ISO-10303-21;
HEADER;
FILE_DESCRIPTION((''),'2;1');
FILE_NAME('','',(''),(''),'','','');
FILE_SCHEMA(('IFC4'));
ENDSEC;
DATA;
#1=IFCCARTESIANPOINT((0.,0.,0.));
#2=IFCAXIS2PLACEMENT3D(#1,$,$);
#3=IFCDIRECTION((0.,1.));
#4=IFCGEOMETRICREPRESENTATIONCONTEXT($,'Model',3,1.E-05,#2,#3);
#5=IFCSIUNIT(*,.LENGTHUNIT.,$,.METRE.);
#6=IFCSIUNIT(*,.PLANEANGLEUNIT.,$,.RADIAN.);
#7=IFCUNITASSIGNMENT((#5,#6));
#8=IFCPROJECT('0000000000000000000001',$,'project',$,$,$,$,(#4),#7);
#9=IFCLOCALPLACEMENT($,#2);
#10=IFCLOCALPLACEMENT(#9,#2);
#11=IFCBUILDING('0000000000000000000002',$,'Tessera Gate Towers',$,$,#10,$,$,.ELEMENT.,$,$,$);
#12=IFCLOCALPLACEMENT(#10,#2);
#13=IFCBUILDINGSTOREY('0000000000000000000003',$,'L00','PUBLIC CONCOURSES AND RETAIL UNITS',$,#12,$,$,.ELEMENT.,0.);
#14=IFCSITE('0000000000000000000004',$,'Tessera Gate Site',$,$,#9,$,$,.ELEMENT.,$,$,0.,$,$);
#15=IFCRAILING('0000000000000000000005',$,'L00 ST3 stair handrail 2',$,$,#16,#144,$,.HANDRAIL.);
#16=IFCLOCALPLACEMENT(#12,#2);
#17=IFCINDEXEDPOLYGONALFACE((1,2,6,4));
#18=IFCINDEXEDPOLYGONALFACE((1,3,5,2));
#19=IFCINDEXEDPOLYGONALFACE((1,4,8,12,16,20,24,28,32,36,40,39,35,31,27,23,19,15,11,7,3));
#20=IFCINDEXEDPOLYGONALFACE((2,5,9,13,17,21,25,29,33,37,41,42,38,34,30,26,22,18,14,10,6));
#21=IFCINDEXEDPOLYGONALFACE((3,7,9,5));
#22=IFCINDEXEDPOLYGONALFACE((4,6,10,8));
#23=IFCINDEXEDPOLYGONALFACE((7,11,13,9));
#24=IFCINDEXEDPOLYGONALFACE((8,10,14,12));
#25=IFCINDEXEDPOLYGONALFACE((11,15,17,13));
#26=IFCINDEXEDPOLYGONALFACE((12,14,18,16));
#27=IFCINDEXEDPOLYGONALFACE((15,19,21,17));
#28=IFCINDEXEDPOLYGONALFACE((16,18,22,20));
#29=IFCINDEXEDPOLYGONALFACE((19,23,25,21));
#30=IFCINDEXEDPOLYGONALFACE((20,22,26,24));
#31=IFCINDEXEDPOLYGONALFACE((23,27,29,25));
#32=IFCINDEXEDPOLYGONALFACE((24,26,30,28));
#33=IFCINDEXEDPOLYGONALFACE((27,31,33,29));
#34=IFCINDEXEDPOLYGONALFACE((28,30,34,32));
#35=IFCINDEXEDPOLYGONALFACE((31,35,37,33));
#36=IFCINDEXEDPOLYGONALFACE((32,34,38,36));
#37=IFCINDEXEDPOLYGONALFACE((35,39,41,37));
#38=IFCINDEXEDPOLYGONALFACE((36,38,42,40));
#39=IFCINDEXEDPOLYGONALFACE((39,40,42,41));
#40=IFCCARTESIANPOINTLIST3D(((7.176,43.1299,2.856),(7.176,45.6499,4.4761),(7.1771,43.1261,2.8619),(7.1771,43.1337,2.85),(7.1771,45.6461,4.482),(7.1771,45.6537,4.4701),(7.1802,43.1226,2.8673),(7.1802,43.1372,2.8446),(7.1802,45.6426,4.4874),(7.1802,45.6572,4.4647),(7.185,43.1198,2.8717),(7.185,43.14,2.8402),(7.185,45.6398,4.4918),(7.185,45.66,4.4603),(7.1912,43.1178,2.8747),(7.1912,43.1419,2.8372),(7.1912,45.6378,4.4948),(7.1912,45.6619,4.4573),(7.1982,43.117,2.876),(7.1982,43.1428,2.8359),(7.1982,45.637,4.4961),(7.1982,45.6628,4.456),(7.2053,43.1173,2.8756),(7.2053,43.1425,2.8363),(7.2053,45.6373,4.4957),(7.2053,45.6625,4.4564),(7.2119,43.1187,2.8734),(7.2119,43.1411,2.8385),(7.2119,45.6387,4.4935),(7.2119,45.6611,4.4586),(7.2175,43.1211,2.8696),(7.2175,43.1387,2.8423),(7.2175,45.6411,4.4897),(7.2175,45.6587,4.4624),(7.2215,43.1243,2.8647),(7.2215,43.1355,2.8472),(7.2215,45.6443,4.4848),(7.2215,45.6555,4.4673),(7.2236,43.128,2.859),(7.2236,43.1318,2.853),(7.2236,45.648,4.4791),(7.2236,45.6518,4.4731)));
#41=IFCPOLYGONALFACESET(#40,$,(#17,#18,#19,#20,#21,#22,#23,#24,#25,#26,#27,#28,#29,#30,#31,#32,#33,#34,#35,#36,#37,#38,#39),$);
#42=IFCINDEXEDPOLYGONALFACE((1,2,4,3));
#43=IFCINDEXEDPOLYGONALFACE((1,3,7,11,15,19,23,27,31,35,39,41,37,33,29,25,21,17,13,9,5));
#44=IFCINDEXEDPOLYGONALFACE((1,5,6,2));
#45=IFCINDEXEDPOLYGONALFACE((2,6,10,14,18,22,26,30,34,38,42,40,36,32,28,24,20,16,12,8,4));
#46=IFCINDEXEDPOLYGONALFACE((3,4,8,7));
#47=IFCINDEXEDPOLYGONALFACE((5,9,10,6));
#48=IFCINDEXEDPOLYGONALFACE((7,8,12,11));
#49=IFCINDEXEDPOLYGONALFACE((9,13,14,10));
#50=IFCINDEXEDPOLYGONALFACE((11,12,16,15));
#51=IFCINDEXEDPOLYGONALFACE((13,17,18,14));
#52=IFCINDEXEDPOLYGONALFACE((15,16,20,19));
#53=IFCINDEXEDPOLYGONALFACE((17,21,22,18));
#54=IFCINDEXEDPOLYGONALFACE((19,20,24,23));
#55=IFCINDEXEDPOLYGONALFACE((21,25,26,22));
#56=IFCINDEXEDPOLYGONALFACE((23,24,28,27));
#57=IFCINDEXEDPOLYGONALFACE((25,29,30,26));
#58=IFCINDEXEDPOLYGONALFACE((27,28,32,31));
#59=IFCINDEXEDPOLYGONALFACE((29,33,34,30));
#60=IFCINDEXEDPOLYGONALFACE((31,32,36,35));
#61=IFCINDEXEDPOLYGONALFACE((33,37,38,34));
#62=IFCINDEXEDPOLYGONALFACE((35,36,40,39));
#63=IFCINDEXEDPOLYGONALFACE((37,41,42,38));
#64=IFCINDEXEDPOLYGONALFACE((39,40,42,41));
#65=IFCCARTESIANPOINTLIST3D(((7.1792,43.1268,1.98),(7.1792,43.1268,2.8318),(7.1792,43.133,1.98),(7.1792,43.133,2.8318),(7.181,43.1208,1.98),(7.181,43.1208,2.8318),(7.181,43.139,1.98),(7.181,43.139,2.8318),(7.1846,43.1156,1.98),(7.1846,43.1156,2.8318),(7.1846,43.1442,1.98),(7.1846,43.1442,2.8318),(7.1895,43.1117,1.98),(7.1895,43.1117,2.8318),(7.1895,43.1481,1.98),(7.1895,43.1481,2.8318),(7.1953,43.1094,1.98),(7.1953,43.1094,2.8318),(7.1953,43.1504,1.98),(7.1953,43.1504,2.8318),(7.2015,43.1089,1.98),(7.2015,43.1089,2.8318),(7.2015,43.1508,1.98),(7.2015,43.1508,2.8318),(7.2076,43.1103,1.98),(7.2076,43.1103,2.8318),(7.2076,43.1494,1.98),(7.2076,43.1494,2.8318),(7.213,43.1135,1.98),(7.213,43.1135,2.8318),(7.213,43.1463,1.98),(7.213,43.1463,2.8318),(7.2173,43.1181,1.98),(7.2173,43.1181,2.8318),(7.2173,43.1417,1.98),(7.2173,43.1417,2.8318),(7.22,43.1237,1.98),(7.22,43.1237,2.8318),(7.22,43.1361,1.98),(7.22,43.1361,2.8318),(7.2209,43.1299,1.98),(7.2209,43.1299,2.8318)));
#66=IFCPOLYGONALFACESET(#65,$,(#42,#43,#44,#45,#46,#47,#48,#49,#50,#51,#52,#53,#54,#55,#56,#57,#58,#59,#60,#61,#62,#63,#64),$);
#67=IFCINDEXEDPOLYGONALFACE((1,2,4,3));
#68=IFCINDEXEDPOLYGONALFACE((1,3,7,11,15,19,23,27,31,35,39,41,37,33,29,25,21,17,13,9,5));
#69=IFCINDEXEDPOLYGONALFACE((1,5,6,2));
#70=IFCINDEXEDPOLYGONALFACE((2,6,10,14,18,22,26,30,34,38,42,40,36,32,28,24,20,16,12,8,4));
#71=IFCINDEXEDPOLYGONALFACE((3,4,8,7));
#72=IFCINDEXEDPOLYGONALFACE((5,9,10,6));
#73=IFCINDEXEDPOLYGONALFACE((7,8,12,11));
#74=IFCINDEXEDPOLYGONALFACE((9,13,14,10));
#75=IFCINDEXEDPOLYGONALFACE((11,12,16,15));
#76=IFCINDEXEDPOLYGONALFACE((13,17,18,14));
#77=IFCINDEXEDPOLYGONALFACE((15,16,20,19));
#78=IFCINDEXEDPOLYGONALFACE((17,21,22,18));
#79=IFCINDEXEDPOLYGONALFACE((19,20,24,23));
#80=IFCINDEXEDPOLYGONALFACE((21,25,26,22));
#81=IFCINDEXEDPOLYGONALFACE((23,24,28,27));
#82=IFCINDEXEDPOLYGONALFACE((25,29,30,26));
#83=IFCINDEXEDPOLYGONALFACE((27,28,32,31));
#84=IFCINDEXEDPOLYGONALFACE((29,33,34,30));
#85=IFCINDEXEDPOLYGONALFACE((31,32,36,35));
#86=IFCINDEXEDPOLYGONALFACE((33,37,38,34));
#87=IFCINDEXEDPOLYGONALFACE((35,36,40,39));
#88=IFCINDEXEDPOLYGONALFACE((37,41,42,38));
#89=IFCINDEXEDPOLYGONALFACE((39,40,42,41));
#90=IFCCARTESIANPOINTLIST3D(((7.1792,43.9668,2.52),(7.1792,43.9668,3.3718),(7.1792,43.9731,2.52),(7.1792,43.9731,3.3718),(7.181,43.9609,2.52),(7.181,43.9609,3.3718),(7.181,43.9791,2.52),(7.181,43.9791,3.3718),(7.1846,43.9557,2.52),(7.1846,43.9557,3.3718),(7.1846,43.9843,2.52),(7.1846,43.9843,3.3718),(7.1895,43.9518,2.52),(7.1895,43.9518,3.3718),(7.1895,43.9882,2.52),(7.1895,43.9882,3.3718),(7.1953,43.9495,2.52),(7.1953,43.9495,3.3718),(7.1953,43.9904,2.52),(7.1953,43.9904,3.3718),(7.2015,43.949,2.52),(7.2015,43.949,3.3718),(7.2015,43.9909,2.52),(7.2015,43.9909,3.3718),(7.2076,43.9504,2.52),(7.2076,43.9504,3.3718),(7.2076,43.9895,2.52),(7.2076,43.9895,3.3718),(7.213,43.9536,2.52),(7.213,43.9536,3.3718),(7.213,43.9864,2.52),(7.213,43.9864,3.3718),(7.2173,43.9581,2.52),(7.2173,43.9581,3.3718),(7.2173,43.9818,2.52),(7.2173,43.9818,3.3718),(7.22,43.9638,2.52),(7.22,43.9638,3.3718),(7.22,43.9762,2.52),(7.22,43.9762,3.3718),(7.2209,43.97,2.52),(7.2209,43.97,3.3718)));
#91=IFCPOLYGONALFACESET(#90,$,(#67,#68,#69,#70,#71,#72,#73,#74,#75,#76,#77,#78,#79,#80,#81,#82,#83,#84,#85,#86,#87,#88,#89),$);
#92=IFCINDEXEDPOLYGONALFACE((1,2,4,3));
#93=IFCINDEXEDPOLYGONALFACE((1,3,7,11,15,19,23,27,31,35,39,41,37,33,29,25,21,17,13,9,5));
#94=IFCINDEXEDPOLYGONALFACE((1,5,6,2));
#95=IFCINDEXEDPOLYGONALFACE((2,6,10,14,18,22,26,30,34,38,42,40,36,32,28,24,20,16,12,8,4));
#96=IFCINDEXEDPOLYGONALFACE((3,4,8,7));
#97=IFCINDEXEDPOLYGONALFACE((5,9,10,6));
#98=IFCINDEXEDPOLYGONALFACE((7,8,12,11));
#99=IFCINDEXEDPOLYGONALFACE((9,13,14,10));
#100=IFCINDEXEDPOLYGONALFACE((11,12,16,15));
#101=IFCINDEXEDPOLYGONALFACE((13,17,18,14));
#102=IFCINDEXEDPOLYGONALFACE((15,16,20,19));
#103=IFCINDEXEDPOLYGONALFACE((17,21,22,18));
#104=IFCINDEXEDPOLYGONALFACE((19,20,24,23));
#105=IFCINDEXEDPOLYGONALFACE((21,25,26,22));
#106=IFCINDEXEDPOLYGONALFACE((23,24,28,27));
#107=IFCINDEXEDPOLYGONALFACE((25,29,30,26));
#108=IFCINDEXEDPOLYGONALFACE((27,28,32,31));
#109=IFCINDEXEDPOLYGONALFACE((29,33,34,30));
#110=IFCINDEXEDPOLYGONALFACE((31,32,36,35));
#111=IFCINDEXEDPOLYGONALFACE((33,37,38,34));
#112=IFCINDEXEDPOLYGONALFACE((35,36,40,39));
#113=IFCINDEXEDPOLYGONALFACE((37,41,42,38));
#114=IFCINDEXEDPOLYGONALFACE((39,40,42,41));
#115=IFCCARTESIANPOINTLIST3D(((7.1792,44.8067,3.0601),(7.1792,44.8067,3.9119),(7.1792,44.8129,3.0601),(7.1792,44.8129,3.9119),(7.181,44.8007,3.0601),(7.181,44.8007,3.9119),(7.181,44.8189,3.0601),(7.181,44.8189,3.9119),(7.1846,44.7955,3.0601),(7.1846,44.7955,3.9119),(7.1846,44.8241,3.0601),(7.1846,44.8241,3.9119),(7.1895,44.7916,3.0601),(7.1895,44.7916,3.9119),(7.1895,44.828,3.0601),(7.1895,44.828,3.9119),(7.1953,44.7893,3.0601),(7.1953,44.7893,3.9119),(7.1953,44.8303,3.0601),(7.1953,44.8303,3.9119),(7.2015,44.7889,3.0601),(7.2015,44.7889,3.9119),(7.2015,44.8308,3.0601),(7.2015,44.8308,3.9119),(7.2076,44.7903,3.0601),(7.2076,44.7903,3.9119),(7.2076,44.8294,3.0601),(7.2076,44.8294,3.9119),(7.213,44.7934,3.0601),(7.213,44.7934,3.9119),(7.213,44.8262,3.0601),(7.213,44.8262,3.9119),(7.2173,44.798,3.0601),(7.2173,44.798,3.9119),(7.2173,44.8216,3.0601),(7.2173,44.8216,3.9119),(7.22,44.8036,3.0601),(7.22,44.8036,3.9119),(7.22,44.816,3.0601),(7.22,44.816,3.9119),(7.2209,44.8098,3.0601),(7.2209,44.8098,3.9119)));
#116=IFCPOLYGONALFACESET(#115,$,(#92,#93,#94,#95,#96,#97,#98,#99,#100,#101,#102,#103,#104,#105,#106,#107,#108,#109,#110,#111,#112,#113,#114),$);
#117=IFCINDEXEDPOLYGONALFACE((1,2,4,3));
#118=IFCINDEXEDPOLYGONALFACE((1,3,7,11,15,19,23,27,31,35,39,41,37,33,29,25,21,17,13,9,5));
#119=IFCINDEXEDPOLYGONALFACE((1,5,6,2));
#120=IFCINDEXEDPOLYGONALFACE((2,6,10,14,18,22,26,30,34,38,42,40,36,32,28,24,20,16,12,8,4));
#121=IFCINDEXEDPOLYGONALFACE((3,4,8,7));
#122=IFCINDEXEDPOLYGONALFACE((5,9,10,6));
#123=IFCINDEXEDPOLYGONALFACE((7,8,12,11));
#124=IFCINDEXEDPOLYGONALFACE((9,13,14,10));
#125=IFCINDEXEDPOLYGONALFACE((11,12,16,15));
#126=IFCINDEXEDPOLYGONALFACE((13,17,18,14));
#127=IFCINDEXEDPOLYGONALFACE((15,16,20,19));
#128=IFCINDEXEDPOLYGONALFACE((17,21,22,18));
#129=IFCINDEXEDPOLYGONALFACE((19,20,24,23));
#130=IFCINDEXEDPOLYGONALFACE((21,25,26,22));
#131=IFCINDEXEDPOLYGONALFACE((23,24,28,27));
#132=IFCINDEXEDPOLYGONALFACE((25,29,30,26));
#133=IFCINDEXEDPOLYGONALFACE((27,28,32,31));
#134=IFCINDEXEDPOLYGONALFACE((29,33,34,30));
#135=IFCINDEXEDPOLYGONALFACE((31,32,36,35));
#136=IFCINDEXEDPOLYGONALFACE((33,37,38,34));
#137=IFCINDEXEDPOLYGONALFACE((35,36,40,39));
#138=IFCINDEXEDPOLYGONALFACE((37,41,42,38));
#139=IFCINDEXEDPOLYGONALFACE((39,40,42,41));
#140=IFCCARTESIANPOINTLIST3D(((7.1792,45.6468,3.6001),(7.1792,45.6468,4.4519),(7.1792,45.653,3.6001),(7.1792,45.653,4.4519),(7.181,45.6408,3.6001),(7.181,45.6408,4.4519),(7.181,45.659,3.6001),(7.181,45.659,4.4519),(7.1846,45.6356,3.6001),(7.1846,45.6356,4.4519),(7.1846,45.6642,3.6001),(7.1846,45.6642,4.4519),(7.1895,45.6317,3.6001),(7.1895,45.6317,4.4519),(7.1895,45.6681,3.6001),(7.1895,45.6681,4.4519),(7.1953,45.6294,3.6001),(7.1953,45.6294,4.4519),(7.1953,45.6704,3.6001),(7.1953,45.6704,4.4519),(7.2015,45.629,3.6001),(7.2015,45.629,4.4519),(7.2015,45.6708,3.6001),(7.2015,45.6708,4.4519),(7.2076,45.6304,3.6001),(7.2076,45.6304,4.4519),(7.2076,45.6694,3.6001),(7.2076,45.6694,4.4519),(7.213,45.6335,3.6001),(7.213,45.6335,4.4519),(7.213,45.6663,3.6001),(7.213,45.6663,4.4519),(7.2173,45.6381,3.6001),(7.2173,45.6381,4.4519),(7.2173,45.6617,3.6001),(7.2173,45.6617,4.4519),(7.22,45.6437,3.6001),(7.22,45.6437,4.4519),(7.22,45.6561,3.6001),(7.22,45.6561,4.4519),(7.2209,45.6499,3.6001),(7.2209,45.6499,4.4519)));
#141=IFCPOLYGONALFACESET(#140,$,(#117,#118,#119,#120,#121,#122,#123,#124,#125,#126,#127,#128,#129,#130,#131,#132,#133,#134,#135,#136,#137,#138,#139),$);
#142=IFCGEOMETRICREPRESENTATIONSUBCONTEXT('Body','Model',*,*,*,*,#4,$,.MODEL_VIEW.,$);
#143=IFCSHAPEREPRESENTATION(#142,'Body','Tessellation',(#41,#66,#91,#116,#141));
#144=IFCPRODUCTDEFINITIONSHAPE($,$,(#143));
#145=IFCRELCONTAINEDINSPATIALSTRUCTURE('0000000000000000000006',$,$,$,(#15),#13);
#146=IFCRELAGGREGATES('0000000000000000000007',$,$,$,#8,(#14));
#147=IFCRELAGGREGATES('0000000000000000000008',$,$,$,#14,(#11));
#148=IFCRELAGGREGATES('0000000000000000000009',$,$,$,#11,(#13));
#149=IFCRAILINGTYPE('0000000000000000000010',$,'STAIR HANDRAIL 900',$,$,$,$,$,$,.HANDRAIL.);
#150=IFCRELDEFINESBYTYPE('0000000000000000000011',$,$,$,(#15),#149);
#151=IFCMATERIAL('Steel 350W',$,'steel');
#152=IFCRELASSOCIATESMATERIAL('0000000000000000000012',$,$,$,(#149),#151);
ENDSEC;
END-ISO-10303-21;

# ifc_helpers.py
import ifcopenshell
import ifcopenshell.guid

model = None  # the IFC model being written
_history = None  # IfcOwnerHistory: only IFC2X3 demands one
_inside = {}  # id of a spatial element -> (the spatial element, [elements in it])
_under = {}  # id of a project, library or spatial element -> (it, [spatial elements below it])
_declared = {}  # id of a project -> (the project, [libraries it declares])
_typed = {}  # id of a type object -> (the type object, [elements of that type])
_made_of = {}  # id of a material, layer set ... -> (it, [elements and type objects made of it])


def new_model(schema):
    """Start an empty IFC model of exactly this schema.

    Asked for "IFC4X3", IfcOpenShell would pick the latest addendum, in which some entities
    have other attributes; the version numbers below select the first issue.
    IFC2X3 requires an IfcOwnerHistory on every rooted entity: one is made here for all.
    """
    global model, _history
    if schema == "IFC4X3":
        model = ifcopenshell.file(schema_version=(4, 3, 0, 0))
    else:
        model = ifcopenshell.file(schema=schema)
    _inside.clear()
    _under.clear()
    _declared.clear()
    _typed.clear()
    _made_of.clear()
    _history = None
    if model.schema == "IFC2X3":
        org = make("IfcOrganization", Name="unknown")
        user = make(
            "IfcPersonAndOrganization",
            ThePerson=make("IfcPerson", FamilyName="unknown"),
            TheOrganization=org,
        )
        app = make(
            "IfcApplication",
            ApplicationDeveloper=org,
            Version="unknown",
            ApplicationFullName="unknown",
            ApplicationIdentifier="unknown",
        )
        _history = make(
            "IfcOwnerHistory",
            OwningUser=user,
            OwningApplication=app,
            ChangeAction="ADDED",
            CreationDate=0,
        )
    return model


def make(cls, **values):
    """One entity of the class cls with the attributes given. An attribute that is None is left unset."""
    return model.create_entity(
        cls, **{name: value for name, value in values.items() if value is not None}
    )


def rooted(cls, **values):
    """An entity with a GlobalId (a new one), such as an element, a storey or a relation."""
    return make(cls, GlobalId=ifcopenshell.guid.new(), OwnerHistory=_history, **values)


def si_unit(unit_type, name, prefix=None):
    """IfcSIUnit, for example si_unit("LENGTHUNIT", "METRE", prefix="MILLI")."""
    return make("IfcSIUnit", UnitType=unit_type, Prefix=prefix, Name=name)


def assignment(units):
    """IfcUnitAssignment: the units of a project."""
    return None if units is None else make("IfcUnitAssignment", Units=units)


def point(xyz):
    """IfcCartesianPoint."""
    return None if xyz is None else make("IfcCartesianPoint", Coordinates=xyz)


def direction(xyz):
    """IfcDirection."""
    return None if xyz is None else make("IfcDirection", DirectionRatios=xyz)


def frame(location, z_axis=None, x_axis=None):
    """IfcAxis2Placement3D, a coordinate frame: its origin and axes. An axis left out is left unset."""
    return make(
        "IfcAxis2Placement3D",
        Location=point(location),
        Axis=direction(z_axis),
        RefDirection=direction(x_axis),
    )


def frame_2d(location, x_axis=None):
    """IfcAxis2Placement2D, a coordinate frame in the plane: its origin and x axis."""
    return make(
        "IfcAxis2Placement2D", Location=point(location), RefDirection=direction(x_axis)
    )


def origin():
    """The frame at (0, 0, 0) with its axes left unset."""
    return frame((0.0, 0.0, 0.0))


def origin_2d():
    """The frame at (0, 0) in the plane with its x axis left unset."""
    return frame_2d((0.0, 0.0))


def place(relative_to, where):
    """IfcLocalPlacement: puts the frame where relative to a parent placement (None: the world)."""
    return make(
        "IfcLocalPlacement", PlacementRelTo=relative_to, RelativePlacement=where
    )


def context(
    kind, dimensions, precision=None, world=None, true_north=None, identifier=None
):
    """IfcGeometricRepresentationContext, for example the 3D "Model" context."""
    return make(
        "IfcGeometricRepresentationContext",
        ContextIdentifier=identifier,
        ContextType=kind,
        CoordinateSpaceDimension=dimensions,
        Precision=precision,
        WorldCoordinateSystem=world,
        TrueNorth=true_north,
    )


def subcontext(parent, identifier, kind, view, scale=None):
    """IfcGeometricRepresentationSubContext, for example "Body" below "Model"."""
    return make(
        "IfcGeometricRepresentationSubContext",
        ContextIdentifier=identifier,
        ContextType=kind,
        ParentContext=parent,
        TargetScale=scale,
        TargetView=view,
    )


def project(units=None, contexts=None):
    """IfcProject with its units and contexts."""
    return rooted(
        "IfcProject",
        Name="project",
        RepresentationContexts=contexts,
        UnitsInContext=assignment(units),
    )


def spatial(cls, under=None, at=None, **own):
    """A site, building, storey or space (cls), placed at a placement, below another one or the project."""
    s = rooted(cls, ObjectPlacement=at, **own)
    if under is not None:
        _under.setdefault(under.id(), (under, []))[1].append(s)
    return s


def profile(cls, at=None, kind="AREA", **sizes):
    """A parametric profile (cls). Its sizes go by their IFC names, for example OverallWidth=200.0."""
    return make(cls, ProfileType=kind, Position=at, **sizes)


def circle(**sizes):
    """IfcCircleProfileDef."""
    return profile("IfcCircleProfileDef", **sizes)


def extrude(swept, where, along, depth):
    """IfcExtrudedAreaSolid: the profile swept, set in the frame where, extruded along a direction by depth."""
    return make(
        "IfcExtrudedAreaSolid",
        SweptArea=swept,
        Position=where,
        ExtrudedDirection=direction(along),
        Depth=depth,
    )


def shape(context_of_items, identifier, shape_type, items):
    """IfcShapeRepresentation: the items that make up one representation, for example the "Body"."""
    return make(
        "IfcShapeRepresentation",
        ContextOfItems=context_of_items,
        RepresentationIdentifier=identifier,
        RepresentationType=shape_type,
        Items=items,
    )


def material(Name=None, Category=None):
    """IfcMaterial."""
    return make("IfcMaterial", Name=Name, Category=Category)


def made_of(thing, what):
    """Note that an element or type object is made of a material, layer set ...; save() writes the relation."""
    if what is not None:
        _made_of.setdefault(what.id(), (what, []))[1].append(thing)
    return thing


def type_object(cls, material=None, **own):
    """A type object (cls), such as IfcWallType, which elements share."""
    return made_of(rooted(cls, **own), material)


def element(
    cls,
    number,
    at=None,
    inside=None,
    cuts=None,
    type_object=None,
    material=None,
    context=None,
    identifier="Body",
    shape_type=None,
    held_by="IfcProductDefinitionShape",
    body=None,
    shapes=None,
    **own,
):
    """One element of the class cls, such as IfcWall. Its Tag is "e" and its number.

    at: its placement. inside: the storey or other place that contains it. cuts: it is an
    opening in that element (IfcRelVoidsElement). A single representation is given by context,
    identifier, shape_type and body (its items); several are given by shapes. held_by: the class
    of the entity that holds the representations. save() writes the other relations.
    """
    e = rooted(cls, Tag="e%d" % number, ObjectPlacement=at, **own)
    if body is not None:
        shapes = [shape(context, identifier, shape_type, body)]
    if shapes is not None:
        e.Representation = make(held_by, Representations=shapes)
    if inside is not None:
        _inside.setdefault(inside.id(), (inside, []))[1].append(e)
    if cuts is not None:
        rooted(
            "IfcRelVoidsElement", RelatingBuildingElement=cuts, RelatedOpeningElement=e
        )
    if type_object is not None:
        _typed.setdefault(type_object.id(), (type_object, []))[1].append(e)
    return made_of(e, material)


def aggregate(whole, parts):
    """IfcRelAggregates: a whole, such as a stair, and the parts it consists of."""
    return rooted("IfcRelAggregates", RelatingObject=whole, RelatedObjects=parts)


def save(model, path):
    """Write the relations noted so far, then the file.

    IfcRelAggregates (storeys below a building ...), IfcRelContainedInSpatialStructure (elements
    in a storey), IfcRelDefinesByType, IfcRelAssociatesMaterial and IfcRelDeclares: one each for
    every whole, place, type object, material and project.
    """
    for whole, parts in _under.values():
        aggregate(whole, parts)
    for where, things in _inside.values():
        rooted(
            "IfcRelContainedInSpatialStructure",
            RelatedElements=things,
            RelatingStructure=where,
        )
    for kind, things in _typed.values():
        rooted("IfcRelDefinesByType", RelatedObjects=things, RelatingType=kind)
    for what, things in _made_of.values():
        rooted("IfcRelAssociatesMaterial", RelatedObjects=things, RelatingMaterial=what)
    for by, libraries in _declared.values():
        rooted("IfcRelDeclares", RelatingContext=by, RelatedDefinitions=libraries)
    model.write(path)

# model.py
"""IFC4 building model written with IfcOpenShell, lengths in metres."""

from ifc_helpers import new_model, si_unit, direction, frame, origin, origin_2d, place, context, subcontext, project, spatial, circle, extrude, material, type_object, element, save


model = new_model("IFC4")

# Units and contexts
model_context = context("Model", 3, precision=1e-05, world=origin(), true_north=direction((0.0, 1.0)))
body_context = subcontext(model_context, "Body", "Model", "MODEL_VIEW")
ifc_project = project(units=[si_unit("LENGTHUNIT", "METRE"), si_unit("PLANEANGLEUNIT", "RADIAN")], contexts=[model_context])

# Site, building, storey
site_placement = place(None, origin())
site = spatial("IfcSite", under=ifc_project, at=site_placement, Name="Tessera Gate Site", CompositionType="ELEMENT", RefElevation=0.0)
building_placement = place(site_placement, origin())
building = spatial("IfcBuilding", under=site, at=building_placement, Name="Tessera Gate Towers", CompositionType="ELEMENT")
storey_placement = place(building_placement, origin())
storey = spatial("IfcBuildingStorey", under=building, at=storey_placement, Name="L00", Description="PUBLIC CONCOURSES AND RETAIL UNITS", CompositionType="ELEMENT", Elevation=0.0)

# Railing
ifc_material_1 = material(Name="Steel 350W", Category="steel")
railing_type = type_object("IfcRailingType", Name="STAIR HANDRAIL 900", PredefinedType="HANDRAIL", material=ifc_material_1)
railing_1_placement = place(storey_placement, frame((7.2, 43.1299, 1.98)))
element("IfcRailing", 1, at=railing_1_placement, inside=storey, type_object=railing_type, Name="L00 ST3 stair handrail 2", PredefinedType="HANDRAIL", context=body_context, shape_type="SweptSolid", body=[
    extrude(circle(Radius=0.0239, at=origin_2d()), frame((0.0, 0.0, 0.876), z_axis=(0.0, 0.841163, 0.540782), x_axis=(-1.0, 0.0, 0.0)), (0.0, 0.0, 1.0), 2.9958),
    extrude(circle(Radius=0.021, at=origin_2d()), origin(), (0.0, 0.0, 1.0), 0.8518),
    extrude(circle(Radius=0.021, at=origin_2d()), frame((0.0, 0.8401, 0.54)), (0.0, 0.0, 1.0), 0.8518),
    extrude(circle(Radius=0.021, at=origin_2d()), frame((0.0, 1.6799, 1.0801)), (0.0, 0.0, 1.0), 0.8518),
    extrude(circle(Radius=0.021, at=origin_2d()), frame((0.0, 2.52, 1.6201)), (0.0, 0.0, 1.0), 0.8518),
])

save(model, "model.ifc")
